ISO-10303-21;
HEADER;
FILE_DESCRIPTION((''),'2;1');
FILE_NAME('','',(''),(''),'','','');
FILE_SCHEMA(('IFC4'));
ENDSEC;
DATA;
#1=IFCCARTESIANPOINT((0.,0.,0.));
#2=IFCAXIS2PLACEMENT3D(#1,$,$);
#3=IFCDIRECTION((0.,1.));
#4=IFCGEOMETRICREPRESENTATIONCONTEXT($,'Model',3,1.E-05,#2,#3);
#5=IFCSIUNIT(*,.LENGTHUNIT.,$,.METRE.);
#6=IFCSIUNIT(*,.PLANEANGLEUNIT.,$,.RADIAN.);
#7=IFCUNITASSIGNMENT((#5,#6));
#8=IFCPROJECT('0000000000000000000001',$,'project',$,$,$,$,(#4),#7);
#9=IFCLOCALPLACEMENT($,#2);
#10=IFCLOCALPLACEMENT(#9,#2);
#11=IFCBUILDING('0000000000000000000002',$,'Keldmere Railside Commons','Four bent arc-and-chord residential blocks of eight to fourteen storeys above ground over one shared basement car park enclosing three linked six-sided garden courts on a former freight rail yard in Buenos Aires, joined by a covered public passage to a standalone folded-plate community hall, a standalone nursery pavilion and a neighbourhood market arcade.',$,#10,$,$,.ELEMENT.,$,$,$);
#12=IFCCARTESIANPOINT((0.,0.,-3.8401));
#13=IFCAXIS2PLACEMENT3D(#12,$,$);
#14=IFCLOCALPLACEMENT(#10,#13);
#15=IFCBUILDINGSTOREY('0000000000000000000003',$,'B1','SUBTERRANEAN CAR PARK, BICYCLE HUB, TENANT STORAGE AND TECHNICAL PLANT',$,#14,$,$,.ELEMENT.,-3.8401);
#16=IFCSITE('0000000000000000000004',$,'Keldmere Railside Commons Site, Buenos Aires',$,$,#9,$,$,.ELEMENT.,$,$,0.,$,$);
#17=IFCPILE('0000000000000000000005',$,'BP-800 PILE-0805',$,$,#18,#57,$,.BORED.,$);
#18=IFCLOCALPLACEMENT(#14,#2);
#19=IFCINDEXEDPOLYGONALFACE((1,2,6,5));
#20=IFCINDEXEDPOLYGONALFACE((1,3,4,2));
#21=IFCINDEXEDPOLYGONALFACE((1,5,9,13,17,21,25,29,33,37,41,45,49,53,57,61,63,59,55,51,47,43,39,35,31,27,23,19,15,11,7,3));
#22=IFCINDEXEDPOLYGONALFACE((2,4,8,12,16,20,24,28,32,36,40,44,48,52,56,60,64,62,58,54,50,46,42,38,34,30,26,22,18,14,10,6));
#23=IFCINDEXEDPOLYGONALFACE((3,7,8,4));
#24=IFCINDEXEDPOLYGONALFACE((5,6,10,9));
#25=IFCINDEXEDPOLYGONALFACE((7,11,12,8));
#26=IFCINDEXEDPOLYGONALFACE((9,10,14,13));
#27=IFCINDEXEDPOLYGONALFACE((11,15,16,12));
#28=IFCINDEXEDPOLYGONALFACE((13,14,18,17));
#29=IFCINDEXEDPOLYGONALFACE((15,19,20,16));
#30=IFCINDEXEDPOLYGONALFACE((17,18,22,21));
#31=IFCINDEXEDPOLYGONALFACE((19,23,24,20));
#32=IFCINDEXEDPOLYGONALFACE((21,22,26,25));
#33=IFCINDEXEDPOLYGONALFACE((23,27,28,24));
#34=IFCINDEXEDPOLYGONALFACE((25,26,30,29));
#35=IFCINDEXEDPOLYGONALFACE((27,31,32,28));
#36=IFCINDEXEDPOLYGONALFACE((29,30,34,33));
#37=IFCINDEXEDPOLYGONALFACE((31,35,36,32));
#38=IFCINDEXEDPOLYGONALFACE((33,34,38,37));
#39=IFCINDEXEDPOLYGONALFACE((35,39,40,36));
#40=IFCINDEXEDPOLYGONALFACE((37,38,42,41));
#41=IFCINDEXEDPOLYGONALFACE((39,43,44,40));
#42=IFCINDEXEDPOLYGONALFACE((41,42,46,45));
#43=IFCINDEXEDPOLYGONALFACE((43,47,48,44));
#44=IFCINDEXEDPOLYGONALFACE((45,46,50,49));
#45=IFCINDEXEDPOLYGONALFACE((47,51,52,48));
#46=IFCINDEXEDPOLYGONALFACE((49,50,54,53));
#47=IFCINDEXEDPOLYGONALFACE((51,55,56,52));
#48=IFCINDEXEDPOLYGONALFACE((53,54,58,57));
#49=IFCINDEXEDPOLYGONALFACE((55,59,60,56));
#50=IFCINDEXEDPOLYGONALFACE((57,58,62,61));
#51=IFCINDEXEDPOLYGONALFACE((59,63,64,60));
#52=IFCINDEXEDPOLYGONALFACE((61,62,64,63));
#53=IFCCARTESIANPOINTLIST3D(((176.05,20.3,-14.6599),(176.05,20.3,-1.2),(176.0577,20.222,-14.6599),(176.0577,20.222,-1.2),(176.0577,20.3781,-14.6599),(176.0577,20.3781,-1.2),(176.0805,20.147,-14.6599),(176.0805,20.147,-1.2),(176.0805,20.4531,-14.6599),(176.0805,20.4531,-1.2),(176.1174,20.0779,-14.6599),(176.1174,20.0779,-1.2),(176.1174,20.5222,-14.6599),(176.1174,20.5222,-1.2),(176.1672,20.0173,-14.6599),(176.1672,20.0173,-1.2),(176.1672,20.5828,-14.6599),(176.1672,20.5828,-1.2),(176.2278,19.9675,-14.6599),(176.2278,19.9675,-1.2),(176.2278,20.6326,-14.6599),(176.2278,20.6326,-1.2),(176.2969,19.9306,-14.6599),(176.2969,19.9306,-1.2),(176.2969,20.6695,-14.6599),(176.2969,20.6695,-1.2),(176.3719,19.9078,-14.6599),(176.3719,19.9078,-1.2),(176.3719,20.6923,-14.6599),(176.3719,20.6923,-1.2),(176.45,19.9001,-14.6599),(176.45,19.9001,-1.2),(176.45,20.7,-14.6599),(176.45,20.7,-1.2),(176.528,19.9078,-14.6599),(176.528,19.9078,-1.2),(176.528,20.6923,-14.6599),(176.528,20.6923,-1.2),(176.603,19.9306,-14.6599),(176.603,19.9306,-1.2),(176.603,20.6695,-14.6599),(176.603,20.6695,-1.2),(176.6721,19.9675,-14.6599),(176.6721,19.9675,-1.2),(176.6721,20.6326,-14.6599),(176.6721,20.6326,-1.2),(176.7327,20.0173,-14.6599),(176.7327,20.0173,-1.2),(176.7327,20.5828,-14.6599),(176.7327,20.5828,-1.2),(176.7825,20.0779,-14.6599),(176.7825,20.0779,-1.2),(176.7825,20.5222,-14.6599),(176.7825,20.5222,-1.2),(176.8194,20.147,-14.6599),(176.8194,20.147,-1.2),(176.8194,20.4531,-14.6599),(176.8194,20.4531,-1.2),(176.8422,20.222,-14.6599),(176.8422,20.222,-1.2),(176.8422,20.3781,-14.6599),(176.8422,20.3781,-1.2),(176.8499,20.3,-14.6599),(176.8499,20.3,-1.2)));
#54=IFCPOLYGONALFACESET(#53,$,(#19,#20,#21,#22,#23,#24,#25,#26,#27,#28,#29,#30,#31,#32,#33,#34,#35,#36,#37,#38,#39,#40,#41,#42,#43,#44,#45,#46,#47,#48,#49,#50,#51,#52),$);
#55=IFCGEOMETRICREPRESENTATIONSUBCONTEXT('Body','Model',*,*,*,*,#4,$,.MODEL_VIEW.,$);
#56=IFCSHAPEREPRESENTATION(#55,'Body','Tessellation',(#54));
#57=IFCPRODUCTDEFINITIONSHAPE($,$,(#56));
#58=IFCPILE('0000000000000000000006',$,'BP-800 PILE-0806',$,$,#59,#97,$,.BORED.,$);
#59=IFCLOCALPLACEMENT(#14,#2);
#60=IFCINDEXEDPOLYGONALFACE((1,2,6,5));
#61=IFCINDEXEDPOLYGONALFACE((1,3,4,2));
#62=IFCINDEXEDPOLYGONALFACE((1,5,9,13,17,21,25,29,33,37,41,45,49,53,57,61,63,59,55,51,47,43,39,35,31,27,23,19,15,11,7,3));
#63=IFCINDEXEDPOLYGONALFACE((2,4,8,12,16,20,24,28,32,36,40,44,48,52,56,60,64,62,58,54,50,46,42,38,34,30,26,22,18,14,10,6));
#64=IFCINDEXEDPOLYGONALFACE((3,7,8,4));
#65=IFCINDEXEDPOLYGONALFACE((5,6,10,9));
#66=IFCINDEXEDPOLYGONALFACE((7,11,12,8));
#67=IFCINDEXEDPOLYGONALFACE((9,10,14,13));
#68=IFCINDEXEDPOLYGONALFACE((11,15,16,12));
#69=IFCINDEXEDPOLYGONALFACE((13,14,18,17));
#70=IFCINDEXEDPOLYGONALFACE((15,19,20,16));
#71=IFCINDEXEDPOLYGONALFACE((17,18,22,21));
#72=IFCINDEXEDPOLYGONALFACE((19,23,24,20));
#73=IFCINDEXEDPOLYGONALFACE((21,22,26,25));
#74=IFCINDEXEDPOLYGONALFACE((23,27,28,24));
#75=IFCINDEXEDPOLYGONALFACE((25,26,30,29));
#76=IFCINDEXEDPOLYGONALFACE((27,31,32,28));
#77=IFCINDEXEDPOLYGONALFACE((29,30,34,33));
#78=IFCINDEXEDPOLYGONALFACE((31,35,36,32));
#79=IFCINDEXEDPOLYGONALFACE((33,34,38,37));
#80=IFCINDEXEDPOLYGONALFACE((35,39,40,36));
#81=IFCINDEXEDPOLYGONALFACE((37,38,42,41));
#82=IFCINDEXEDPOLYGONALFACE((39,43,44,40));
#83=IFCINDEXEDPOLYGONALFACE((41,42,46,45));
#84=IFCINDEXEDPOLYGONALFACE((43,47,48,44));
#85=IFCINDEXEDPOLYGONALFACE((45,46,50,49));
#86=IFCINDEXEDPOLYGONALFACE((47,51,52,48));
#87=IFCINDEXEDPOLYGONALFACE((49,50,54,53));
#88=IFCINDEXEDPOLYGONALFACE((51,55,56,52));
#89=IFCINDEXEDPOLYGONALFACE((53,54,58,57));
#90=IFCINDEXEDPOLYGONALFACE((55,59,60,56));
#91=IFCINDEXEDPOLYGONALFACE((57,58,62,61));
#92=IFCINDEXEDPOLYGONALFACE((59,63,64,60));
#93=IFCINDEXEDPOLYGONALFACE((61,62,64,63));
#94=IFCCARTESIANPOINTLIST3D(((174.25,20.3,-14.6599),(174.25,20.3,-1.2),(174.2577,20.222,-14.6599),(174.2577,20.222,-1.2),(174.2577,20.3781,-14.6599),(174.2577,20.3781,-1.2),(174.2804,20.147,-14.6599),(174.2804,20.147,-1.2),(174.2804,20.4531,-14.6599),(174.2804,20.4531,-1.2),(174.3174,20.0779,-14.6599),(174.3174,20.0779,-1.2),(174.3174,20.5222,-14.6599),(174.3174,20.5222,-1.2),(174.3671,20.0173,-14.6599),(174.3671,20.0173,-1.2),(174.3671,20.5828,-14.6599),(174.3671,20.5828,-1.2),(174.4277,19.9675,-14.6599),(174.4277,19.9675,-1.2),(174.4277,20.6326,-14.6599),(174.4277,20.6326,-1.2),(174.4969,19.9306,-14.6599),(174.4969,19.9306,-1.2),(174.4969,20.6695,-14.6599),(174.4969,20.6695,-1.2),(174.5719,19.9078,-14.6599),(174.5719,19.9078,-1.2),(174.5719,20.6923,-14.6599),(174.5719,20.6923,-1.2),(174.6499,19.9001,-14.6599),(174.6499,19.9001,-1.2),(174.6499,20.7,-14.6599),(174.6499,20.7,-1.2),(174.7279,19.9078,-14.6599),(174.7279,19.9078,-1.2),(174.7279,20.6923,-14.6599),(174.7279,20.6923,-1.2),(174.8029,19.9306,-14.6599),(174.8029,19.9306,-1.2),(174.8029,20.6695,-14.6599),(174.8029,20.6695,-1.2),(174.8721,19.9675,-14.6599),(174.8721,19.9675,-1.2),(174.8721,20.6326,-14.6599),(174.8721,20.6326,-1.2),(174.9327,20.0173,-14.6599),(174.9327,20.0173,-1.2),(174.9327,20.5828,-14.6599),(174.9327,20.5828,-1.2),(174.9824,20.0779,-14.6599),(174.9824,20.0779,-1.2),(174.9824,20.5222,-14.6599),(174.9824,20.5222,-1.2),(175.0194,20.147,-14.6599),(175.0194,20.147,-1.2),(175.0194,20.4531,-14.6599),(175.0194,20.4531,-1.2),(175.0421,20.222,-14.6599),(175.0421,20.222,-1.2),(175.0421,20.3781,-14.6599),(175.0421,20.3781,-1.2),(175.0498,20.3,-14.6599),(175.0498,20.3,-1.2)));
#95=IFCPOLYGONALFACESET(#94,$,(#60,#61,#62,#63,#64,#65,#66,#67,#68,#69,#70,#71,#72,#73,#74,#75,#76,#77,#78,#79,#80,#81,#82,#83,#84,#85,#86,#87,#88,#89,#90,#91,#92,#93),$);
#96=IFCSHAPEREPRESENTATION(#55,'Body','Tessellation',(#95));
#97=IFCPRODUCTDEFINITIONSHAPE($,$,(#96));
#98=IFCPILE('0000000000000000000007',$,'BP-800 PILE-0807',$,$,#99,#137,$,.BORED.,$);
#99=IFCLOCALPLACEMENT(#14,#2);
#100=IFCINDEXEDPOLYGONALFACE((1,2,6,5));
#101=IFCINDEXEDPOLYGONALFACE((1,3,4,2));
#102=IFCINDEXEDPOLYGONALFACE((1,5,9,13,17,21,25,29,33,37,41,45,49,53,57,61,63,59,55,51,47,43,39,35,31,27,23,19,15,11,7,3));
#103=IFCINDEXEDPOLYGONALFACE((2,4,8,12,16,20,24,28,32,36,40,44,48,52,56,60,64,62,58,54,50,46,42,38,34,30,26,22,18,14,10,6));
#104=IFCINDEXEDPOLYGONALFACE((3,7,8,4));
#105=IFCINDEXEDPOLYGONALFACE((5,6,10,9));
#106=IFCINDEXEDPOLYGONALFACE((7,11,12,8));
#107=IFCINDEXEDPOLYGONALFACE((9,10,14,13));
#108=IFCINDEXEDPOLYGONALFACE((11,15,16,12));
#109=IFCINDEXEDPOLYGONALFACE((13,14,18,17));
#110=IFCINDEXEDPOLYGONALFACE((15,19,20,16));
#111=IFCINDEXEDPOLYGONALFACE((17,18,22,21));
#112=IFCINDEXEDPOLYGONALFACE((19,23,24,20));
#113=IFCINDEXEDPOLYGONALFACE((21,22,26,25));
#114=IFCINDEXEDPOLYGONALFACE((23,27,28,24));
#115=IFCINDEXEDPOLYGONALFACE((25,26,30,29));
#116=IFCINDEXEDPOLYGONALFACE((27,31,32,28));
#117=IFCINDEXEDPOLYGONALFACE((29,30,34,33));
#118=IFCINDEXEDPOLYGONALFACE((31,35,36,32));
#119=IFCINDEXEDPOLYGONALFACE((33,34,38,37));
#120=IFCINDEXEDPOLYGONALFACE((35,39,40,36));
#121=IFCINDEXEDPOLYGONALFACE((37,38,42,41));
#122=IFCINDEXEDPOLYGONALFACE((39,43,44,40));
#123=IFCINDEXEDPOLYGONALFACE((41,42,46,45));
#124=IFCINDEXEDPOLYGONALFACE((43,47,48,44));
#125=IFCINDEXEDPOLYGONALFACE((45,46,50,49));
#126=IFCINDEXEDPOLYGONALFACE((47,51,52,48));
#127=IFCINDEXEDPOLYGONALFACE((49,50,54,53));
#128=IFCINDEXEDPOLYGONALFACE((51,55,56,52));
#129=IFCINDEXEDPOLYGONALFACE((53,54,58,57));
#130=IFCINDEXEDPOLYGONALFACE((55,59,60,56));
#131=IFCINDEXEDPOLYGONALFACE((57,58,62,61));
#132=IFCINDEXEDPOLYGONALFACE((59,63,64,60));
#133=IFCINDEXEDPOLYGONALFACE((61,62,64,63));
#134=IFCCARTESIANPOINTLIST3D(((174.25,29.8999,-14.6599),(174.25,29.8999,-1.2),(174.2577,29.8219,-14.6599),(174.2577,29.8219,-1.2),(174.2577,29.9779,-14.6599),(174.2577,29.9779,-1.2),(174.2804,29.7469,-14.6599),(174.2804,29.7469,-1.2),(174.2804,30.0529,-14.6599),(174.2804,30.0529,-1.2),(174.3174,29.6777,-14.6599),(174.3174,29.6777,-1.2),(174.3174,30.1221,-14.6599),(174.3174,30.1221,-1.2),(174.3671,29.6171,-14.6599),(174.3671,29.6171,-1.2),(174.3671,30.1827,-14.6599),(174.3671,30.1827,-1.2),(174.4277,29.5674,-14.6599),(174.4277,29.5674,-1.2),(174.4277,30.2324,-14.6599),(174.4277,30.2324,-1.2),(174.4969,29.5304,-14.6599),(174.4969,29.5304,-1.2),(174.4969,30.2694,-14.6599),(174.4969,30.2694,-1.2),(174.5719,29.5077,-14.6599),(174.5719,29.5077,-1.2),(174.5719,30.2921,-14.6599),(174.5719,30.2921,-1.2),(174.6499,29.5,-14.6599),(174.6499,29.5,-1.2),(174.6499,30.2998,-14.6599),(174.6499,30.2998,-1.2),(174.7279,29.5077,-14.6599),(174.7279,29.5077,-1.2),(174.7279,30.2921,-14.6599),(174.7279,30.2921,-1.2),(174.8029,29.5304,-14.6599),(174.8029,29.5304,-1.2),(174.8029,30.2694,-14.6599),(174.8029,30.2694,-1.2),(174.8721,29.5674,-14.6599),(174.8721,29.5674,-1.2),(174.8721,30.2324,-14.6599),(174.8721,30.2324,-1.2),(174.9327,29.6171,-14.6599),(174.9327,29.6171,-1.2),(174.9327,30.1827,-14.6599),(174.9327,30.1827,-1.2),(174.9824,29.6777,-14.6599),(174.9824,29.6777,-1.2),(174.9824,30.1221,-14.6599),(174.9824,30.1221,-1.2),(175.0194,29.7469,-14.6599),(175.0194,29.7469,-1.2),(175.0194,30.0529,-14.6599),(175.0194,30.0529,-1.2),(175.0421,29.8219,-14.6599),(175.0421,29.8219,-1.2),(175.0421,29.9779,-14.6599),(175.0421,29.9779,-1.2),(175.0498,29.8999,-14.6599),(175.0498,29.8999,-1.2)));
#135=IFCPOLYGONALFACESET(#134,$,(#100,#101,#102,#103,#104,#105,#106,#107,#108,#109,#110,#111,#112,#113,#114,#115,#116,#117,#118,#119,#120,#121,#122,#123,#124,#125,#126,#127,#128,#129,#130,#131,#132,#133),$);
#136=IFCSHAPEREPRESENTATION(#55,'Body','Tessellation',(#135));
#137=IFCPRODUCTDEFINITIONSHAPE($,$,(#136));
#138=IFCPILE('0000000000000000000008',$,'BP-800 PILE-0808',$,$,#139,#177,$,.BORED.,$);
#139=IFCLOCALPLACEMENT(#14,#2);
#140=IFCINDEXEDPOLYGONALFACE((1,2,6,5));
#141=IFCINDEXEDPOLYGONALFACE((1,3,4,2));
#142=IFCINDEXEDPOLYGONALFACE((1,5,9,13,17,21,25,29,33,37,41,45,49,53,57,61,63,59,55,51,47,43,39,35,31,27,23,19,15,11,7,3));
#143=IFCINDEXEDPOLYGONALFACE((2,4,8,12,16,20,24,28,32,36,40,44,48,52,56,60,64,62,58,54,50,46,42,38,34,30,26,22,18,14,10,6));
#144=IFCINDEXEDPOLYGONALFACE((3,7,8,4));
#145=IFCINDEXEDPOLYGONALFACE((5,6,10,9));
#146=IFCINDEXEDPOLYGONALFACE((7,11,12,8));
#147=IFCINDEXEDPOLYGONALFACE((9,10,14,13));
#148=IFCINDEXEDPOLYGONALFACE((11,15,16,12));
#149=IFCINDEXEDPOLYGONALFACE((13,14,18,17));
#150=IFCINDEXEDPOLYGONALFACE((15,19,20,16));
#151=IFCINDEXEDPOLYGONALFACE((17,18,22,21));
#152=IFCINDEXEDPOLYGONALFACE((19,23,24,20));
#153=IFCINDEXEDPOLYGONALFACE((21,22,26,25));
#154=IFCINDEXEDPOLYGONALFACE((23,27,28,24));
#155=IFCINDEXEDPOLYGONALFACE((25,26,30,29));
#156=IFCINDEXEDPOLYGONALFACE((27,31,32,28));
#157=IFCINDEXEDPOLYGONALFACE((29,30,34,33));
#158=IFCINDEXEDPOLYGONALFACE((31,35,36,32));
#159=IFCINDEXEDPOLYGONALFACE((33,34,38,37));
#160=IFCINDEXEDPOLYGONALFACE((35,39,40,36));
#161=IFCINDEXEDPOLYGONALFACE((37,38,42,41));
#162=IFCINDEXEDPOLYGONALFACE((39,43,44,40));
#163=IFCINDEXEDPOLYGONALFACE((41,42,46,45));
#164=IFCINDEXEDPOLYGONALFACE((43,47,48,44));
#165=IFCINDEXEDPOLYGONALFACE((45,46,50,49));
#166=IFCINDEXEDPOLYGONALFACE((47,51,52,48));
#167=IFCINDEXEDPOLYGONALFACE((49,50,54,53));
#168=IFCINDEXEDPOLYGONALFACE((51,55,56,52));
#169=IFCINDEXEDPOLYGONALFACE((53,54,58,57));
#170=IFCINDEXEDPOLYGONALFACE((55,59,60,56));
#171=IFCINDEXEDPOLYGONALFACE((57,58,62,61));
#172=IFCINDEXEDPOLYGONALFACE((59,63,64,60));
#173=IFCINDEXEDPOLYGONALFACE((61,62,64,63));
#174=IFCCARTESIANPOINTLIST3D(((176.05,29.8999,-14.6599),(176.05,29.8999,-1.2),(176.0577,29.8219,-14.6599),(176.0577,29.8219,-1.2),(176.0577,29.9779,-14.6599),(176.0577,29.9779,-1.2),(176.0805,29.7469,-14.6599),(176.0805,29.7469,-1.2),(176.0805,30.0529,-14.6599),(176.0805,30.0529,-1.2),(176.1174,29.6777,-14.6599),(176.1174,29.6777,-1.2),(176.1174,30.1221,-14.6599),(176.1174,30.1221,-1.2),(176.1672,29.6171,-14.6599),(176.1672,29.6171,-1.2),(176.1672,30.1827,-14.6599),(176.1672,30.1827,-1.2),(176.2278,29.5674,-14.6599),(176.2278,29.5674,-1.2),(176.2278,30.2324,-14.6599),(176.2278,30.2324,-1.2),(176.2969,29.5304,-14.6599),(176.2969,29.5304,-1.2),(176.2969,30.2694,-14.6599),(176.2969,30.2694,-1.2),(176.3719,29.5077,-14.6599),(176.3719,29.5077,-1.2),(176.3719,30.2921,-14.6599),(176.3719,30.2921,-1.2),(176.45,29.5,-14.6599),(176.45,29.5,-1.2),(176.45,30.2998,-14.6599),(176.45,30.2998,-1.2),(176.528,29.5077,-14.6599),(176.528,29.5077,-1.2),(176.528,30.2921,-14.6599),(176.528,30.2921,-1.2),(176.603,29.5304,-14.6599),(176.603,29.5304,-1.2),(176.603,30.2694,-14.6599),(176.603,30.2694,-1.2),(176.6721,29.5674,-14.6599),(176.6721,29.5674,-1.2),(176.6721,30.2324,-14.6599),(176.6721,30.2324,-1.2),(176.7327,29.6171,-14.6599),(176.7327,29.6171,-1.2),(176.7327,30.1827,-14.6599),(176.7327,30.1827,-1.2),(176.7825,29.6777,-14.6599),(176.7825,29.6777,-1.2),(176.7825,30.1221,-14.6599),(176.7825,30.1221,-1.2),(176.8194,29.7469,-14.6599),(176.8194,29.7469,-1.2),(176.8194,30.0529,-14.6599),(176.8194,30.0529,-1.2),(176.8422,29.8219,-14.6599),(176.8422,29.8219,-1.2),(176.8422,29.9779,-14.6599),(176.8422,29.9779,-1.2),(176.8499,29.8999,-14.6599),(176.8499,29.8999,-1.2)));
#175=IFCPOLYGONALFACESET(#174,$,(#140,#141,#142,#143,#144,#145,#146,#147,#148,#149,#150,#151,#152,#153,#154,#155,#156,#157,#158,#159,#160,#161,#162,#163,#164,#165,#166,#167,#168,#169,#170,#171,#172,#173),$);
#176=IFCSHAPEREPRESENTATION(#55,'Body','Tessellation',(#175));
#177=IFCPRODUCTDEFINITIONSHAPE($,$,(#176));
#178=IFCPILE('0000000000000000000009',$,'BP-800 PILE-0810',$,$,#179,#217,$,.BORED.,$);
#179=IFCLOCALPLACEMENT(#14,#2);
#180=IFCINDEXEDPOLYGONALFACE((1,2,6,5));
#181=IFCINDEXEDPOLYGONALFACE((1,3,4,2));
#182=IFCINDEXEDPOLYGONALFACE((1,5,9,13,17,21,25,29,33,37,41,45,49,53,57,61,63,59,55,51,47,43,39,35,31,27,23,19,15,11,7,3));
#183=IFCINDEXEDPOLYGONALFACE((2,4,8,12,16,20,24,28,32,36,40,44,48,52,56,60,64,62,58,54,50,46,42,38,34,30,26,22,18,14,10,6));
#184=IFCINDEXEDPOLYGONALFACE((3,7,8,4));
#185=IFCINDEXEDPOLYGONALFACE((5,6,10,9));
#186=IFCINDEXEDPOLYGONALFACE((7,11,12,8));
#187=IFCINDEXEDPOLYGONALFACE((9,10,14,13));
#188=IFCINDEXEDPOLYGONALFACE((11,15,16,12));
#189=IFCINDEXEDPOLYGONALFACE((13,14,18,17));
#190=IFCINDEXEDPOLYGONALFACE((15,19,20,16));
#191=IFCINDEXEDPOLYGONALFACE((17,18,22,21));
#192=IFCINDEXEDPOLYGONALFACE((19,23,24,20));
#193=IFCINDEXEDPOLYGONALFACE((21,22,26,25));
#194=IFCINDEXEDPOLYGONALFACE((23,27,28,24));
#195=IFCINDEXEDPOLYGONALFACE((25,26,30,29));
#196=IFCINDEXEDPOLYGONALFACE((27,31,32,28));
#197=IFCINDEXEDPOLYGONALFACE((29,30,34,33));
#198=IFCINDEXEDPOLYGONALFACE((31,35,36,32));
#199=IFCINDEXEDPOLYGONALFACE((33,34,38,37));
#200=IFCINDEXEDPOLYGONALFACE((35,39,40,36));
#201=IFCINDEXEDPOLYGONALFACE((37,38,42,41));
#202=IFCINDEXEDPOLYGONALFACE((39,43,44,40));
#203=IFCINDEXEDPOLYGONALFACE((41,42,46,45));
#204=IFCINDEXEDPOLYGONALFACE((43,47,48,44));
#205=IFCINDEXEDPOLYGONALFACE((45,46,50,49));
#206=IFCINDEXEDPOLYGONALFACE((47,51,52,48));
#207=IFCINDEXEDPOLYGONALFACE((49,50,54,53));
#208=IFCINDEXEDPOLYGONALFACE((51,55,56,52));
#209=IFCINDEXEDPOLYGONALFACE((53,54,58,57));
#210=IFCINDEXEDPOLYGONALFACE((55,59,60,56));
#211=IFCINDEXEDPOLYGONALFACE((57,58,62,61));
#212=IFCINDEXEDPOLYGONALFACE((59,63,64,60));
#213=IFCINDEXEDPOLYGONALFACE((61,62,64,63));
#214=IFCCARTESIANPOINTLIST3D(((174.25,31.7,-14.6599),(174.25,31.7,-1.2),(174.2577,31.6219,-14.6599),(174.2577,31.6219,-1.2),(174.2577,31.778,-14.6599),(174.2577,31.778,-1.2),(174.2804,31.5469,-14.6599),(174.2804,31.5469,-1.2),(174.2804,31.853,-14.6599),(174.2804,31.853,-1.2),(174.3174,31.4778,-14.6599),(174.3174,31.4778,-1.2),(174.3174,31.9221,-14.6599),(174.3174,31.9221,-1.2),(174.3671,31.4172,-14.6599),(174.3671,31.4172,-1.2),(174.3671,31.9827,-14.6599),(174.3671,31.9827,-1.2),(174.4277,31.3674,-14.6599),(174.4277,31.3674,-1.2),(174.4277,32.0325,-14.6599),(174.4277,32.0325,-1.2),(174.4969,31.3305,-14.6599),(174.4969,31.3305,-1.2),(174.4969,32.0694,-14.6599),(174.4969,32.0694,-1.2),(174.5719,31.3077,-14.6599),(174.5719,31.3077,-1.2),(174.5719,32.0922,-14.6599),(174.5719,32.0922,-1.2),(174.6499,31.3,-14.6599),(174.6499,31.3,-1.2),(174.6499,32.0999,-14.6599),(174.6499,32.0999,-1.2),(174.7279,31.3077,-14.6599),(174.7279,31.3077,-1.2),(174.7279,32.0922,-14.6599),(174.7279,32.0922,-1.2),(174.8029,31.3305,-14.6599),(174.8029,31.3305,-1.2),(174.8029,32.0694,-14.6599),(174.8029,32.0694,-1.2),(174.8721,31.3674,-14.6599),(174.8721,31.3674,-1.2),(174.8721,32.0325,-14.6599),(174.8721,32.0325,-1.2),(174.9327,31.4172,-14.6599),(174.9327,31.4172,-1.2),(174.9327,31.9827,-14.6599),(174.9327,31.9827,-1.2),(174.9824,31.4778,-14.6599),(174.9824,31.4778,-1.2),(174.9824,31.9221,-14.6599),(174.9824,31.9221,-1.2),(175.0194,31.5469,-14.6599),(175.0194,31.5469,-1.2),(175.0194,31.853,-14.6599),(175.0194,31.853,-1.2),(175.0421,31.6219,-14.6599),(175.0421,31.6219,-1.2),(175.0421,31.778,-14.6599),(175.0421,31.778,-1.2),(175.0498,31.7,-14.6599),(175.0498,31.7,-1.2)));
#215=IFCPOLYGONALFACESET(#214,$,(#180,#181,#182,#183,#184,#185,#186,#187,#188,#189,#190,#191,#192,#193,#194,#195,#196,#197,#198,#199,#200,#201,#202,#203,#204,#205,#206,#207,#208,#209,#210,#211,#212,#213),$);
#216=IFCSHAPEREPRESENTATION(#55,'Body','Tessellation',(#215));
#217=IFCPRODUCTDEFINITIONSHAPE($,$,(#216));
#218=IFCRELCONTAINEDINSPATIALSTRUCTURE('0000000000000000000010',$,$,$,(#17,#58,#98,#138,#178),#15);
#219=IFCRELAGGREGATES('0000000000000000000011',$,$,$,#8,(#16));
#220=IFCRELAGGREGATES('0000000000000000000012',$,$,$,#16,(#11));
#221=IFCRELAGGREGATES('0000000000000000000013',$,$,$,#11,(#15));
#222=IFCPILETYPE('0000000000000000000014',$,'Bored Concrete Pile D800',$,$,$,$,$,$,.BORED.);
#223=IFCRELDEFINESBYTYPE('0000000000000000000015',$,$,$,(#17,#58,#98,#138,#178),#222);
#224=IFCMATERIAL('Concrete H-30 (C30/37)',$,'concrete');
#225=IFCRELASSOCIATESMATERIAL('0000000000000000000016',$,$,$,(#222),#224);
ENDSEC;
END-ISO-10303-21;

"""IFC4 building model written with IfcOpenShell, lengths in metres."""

from ifc_helpers import new_model, si_unit, direction, frame, origin, origin_2d, place, context, subcontext, project, spatial, circle, extrude, material, material_profile, profile_set, type_object, element, save


model = new_model("IFC4")

# Units and contexts
model_context = context("Model", 3, precision=1e-05, world=origin(), true_north=direction((0.0, 1.0)))
body_context = subcontext(model_context, "Body", "Model", "MODEL_VIEW")
ifc_project = project(units=[si_unit("LENGTHUNIT", "METRE"), si_unit("PLANEANGLEUNIT", "RADIAN")], contexts=[model_context])

# Site, building, storey
site_placement = place(None, origin())
site = spatial("IfcSite", under=ifc_project, at=site_placement, Name="Keldmere Railside Commons Site, Buenos Aires", CompositionType="ELEMENT", RefElevation=0.0)
building_placement = place(site_placement, origin())
building = spatial("IfcBuilding", under=site, at=building_placement, Name="Keldmere Railside Commons", Description="Four bent arc-and-chord residential blocks of eight to fourteen storeys above ground over one shared basement car park enclosing three linked six-sided garden courts on a former freight rail yard in Buenos Aires, joined by a covered public passage to a standalone folded-plate community hall, a standalone nursery pavilion and a neighbourhood market arcade.", CompositionType="ELEMENT")
storey_placement = place(building_placement, frame((0.0, 0.0, -3.8401)))
storey = spatial("IfcBuildingStorey", under=building, at=storey_placement, Name="B1", Description="SUBTERRANEAN CAR PARK, BICYCLE HUB, TENANT STORAGE AND TECHNICAL PLANT", CompositionType="ELEMENT", Elevation=-3.8401)

# Piles
ifc_material_1 = material(Name="Concrete H-30 (C30/37)", Category="concrete")
ifc_material_profile_1 = material_profile(ifc_material_1, circle(Radius=0.3999, at=origin_2d()), Name="PILE-D800")
ifc_profile_set_1 = profile_set([ifc_material_profile_1], Name="Concrete H-30 (C30/37)")
pile_type = type_object("IfcPileType", Name="Bored Concrete Pile D800", PredefinedType="BORED", material=ifc_profile_set_1)
for number, where, z_axis, x_axis, name in (
    (1, (176.45, 20.3, -1.2), (0.0, 0.0, -1.0), (1.0, 0.0, 0.0), "BP-800 PILE-0805"),
    (2, (174.6499, 20.3, -1.2), (0.0, 0.0, -1.0), (1.0, 0.0, 0.0), "BP-800 PILE-0806"),
    (3, (174.6499, 29.8999, -1.2), (0.0, 0.0, -1.0), (1.0, 0.0, 0.0), "BP-800 PILE-0807"),
    (4, (176.45, 29.8999, -1.2), (0.0, 0.0, -1.0), (1.0, 0.0, 0.0), "BP-800 PILE-0808"),
    (5, (174.6499, 31.7, -1.2), (0.0, 0.0, -1.0), (1.0, 0.0, 0.0), "BP-800 PILE-0810"),
):
    element("IfcPile", number, at=place(storey_placement, frame(where, z_axis=z_axis, x_axis=x_axis)), inside=storey, type_object=pile_type, Name=name, PredefinedType="BORED", context=body_context, shape_type="SweptSolid", body=[
        extrude(circle(Radius=0.3999, at=origin_2d()), origin(), (0.0, 0.0, 1.0), 13.46),
    ])

save(model, "model.ifc")
